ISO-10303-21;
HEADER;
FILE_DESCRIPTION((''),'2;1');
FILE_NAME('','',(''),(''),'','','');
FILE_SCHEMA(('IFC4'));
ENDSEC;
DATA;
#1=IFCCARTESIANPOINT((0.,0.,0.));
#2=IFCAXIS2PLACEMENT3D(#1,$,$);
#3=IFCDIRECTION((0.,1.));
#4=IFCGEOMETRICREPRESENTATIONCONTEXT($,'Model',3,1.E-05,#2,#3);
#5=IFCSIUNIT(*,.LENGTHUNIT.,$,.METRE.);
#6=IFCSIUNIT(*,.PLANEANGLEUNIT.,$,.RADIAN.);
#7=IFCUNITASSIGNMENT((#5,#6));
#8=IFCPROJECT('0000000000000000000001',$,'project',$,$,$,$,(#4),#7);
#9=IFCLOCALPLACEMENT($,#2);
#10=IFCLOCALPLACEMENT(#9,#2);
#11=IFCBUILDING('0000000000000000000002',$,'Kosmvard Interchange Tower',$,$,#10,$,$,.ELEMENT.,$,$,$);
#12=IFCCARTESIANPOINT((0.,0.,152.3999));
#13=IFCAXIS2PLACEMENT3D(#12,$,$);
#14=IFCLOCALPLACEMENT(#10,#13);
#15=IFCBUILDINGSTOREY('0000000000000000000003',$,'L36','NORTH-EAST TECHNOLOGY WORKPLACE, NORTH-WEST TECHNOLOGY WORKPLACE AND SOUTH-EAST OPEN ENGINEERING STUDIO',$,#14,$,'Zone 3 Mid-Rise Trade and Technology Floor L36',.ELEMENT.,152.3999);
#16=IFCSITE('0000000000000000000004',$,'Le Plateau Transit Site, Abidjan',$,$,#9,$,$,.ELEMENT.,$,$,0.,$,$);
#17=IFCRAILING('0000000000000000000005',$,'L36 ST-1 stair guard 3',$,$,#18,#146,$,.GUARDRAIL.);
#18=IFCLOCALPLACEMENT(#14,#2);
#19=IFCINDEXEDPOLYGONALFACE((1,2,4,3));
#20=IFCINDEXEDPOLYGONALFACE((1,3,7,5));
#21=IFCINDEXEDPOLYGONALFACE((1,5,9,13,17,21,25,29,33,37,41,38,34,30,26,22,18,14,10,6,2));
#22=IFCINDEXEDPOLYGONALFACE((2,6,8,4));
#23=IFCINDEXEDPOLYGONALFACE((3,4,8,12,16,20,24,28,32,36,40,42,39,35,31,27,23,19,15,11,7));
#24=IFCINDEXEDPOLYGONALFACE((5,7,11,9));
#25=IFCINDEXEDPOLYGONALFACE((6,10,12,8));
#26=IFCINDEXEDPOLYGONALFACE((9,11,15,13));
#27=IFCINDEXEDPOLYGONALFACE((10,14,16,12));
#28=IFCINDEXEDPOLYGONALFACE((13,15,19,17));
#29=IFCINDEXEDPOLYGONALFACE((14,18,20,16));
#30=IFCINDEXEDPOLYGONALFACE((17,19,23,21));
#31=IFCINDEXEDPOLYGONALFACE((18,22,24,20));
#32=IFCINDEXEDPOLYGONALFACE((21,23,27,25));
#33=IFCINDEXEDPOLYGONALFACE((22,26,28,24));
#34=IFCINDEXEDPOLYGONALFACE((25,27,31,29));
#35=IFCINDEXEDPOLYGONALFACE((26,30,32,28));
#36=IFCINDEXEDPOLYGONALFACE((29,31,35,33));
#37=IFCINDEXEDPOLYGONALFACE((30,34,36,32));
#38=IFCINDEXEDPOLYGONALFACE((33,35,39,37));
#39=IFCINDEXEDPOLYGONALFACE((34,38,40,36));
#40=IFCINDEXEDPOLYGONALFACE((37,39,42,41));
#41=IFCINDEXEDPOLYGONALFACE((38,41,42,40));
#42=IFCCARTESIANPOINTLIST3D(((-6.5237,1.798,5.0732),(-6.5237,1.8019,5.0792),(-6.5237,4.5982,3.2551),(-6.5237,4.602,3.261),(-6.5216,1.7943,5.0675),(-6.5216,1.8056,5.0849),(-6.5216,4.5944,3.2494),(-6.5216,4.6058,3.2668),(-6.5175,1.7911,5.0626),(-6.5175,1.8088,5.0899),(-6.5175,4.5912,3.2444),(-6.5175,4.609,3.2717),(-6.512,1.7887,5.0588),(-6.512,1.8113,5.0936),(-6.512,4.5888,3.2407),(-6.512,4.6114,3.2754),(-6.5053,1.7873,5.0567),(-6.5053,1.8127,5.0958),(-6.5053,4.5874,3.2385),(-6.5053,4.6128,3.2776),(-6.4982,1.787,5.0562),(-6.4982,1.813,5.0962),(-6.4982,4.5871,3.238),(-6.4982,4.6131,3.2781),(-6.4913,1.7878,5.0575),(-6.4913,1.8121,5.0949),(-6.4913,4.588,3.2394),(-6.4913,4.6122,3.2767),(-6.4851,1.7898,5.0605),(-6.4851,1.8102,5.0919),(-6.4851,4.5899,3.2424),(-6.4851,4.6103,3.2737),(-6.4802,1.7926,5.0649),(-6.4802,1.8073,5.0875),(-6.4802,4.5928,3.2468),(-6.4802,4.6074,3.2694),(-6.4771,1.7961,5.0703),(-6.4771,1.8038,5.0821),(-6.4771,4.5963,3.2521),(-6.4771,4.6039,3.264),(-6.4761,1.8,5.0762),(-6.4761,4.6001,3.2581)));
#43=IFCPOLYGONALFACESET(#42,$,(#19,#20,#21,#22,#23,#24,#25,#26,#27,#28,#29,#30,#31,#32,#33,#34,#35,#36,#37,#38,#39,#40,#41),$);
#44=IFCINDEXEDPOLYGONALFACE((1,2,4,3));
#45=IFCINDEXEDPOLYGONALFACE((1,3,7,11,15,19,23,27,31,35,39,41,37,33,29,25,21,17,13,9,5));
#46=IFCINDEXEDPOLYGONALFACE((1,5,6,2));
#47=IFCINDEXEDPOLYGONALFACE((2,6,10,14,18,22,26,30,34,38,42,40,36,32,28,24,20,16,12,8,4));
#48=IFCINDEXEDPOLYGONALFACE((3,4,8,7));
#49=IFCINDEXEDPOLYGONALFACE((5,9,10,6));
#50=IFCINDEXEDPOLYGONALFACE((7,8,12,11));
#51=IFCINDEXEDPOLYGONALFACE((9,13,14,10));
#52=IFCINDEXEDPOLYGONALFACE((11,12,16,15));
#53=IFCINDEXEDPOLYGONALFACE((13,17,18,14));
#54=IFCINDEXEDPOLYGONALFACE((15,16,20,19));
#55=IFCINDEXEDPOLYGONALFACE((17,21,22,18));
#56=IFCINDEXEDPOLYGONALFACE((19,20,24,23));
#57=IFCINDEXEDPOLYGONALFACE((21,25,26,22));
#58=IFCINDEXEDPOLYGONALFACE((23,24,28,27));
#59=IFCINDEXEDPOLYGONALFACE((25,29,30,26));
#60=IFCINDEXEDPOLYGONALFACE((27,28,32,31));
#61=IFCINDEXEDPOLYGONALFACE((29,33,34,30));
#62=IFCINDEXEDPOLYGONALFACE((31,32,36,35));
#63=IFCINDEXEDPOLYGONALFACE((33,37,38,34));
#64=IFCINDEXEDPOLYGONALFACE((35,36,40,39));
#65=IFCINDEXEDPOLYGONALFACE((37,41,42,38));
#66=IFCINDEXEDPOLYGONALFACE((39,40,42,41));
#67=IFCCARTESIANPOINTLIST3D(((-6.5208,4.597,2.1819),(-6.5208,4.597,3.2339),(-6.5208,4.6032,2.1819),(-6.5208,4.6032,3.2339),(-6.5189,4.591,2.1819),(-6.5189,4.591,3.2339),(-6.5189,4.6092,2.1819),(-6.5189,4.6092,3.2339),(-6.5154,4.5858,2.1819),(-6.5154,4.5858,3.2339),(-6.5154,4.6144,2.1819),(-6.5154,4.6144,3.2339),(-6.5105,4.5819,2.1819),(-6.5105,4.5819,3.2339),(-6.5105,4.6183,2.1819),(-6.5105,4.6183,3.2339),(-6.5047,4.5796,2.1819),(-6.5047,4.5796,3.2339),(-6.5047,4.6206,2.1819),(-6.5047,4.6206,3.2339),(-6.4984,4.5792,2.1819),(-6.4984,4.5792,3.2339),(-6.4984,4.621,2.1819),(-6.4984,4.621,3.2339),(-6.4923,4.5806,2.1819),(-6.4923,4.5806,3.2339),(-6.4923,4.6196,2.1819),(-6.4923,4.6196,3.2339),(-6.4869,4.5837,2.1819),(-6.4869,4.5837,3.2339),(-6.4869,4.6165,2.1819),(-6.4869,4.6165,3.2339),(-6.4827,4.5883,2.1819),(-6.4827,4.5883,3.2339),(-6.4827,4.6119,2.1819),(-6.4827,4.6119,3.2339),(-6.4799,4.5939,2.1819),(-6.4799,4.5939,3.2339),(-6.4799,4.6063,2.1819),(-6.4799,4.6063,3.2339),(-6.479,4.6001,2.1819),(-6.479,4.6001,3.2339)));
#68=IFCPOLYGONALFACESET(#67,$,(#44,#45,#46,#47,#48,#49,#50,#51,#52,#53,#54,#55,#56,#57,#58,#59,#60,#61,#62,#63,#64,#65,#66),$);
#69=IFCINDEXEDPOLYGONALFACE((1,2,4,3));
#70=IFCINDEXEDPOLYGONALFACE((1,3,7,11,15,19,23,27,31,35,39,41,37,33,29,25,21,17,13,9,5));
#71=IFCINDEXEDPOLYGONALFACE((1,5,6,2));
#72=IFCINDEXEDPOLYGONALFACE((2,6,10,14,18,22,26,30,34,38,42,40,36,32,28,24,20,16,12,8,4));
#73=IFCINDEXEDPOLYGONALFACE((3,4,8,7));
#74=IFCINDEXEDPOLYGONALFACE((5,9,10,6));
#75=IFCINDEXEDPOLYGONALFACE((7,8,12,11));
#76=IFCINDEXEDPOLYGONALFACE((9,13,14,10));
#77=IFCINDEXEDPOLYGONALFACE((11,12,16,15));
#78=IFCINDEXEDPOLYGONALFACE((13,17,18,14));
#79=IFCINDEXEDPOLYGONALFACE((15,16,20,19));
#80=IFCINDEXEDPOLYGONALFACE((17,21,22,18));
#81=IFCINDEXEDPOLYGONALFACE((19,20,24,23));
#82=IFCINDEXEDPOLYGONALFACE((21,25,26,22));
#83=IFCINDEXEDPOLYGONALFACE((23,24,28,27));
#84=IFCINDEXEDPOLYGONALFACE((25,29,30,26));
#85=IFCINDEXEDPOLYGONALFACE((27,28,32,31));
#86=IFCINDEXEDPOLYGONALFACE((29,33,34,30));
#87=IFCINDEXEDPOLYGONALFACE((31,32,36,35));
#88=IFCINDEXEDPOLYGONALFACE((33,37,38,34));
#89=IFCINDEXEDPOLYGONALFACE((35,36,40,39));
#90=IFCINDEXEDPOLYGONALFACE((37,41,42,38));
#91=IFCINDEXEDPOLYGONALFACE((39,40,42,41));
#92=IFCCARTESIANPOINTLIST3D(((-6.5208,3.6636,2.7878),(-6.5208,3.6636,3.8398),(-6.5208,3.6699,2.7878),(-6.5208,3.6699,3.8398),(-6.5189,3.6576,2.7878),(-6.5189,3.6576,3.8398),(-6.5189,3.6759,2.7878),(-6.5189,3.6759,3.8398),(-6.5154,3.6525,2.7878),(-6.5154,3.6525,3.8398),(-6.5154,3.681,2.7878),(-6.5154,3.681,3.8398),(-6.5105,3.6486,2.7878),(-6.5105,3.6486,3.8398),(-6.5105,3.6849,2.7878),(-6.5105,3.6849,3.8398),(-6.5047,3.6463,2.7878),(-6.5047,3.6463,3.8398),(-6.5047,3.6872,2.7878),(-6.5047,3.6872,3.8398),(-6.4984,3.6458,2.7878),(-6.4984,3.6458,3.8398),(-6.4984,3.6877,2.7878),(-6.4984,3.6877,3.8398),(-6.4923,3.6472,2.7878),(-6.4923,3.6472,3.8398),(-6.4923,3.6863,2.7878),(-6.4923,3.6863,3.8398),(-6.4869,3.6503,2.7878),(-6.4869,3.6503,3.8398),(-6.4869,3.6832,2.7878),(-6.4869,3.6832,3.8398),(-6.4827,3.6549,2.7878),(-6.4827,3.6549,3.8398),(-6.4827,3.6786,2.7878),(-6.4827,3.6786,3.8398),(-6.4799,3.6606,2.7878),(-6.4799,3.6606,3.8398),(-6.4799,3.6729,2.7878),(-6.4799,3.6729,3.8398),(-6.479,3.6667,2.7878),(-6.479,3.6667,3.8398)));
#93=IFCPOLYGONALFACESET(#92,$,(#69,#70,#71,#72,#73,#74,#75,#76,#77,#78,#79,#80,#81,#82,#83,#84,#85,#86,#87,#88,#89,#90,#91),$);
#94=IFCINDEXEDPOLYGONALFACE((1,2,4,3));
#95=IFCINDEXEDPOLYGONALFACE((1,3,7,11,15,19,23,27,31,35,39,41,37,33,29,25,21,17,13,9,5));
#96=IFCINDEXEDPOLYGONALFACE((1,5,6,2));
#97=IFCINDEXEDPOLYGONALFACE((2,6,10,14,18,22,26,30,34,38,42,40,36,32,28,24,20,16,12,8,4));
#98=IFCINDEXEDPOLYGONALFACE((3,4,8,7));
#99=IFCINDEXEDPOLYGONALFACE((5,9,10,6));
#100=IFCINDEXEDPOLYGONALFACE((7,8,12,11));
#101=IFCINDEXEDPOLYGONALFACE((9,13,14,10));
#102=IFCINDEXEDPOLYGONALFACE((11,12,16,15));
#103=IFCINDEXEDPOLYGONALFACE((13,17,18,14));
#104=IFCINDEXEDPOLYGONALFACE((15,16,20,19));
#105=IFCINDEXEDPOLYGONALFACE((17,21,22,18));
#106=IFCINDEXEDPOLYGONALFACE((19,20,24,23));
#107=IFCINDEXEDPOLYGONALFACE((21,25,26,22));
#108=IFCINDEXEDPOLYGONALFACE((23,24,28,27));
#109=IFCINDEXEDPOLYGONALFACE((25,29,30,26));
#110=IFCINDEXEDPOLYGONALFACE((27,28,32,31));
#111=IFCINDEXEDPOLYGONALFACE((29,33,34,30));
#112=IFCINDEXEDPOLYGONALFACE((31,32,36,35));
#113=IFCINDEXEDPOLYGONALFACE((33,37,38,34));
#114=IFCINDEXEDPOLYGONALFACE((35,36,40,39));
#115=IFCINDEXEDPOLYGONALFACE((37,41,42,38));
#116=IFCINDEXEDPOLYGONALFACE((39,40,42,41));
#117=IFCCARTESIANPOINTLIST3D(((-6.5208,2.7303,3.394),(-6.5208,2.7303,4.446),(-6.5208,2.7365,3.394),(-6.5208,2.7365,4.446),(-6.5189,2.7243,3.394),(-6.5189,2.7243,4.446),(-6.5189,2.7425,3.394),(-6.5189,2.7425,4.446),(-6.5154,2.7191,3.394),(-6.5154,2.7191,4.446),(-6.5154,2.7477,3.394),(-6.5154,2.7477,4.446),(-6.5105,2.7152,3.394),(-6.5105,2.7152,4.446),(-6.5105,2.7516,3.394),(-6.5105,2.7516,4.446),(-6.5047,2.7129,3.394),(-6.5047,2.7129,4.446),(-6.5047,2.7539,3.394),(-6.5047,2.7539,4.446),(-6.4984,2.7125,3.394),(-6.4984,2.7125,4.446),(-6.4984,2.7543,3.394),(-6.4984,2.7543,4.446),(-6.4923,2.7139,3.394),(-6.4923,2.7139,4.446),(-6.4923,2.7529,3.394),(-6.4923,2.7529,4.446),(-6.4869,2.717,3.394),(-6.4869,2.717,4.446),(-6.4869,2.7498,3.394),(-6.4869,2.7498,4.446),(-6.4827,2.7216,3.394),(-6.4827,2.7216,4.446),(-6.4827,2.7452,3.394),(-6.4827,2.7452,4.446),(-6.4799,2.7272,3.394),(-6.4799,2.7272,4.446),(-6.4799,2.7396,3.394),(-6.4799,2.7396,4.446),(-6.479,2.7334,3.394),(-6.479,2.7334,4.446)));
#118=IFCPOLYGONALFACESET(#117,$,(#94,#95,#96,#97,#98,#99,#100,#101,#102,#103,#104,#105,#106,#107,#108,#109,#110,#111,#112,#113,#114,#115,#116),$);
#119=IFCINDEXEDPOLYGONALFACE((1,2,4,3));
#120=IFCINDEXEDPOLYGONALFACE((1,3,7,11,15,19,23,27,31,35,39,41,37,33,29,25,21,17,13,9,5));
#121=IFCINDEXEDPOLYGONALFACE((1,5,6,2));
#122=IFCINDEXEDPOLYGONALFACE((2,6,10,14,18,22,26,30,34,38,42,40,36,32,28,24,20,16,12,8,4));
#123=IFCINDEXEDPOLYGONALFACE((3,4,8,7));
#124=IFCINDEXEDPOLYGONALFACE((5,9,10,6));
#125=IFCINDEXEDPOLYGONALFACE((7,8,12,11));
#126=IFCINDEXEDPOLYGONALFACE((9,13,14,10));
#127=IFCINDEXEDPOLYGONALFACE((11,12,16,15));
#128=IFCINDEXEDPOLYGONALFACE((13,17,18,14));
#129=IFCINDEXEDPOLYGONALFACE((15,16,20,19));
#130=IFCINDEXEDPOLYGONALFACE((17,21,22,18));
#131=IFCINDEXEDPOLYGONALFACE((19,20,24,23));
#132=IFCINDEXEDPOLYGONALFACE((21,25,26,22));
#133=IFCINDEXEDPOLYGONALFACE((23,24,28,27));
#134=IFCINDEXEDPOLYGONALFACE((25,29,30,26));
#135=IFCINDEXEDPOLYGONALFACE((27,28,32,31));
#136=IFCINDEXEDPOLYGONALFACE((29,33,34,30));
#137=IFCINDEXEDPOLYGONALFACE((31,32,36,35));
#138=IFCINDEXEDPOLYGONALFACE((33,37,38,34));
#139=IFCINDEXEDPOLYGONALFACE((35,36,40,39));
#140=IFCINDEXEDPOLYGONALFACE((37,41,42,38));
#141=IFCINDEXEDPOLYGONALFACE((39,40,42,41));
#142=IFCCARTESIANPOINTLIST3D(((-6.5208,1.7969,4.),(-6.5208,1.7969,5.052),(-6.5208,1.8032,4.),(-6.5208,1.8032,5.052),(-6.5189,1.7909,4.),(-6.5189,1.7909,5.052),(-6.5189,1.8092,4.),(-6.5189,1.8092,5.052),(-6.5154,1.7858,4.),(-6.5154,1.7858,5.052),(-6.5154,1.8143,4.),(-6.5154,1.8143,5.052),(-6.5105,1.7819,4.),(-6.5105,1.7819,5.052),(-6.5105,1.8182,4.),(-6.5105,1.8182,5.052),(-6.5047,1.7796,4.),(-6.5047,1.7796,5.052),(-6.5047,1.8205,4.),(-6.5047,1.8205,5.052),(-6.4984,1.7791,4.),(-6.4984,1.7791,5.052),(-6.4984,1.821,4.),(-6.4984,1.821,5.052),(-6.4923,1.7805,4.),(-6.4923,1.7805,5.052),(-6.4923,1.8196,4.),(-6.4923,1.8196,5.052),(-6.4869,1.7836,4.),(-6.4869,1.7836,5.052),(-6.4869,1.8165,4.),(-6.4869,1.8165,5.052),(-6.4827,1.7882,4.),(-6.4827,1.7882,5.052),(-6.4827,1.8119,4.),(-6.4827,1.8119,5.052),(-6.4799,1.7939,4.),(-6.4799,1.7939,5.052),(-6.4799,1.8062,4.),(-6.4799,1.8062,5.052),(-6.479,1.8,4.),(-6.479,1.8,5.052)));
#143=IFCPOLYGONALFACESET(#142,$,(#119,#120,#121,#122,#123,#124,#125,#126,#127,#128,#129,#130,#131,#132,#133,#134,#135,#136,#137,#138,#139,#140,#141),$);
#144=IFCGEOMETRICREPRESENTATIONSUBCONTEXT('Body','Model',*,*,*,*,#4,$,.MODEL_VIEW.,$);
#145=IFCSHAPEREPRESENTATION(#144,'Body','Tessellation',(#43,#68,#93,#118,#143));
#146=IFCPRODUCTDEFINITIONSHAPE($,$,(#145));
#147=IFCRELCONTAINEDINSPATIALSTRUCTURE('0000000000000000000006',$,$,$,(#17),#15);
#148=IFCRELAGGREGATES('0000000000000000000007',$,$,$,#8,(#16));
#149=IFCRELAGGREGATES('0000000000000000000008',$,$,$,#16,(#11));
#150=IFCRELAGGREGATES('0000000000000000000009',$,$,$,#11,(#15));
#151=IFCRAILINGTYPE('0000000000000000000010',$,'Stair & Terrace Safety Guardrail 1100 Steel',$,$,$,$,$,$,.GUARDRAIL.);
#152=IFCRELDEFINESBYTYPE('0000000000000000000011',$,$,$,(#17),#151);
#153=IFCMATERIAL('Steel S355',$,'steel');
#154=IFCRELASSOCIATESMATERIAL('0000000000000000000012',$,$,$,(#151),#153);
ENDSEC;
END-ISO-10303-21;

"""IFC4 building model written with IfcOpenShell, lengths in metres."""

from ifc_helpers import new_model, si_unit, direction, frame, origin, origin_2d, place, context, subcontext, project, spatial, circle, extrude, source, transform, mapped, material, type_object, element, save


model = new_model("IFC4")

# Units and contexts
model_context = context("Model", 3, precision=1e-05, world=origin(), true_north=direction((0.0, 1.0)))
body_context = subcontext(model_context, "Body", "Model", "MODEL_VIEW")
ifc_project = project(units=[si_unit("LENGTHUNIT", "METRE"), si_unit("PLANEANGLEUNIT", "RADIAN")], contexts=[model_context])

# Site, building, storey
site_placement = place(None, origin())
site = spatial("IfcSite", under=ifc_project, at=site_placement, Name="Le Plateau Transit Site, Abidjan", CompositionType="ELEMENT", RefElevation=0.0)
building_placement = place(site_placement, origin())
building = spatial("IfcBuilding", under=site, at=building_placement, Name="Kosmvard Interchange Tower", CompositionType="ELEMENT")
storey_placement = place(building_placement, frame((0.0, 0.0, 152.3999)))
storey = spatial("IfcBuildingStorey", under=building, at=storey_placement, Name="L36", Description="NORTH-EAST TECHNOLOGY WORKPLACE, NORTH-WEST TECHNOLOGY WORKPLACE AND SOUTH-EAST OPEN ENGINEERING STUDIO", LongName="Zone 3 Mid-Rise Trade and Technology Floor L36", CompositionType="ELEMENT", Elevation=152.3999)

# Shared definitions
ifc_material_1 = material(Name="Steel S355", Category="steel")

# Railing
railing_type_1 = type_object("IfcRailingType", Name="Stair & Terrace Safety Guardrail 1100 Steel", PredefinedType="GUARDRAIL", material=ifc_material_1)
shared_shape_1 = source(origin(), body_context, "Body", "SweptSolid", [
    extrude(circle(Radius=0.0239, at=origin_2d()), frame((0.0, 0.0, 1.0762), z_axis=(0.0, -0.838706, 0.544585), x_axis=(1.0, 0.0, 0.0)), (0.0, 0.0, 1.0), 3.3386),
    extrude(circle(Radius=0.021, at=origin_2d()), origin(), (0.0, 0.0, 1.0), 1.052),
    extrude(circle(Radius=0.021, at=origin_2d()), frame((0.0, -0.9333, 0.606)), (0.0, 0.0, 1.0), 1.052),
    extrude(circle(Radius=0.021, at=origin_2d()), frame((0.0, -1.8667, 1.2122)), (0.0, 0.0, 1.0), 1.052),
    extrude(circle(Radius=0.021, at=origin_2d()), frame((0.0, -2.8, 1.8181)), (0.0, 0.0, 1.0), 1.052),
])
railing_1_placement = place(storey_placement, frame((-6.5, 4.6001, 2.1819)))
element("IfcRailing", 1, at=railing_1_placement, inside=storey, type_object=railing_type_1, Name="L36 ST-1 stair guard 3", PredefinedType="GUARDRAIL", context=body_context, shape_type="MappedRepresentation", body=[
    mapped(shared_shape_1, transform((0.0, 0.0, 0.0), scale=1.0)),
])

save(model, "model.ifc")
